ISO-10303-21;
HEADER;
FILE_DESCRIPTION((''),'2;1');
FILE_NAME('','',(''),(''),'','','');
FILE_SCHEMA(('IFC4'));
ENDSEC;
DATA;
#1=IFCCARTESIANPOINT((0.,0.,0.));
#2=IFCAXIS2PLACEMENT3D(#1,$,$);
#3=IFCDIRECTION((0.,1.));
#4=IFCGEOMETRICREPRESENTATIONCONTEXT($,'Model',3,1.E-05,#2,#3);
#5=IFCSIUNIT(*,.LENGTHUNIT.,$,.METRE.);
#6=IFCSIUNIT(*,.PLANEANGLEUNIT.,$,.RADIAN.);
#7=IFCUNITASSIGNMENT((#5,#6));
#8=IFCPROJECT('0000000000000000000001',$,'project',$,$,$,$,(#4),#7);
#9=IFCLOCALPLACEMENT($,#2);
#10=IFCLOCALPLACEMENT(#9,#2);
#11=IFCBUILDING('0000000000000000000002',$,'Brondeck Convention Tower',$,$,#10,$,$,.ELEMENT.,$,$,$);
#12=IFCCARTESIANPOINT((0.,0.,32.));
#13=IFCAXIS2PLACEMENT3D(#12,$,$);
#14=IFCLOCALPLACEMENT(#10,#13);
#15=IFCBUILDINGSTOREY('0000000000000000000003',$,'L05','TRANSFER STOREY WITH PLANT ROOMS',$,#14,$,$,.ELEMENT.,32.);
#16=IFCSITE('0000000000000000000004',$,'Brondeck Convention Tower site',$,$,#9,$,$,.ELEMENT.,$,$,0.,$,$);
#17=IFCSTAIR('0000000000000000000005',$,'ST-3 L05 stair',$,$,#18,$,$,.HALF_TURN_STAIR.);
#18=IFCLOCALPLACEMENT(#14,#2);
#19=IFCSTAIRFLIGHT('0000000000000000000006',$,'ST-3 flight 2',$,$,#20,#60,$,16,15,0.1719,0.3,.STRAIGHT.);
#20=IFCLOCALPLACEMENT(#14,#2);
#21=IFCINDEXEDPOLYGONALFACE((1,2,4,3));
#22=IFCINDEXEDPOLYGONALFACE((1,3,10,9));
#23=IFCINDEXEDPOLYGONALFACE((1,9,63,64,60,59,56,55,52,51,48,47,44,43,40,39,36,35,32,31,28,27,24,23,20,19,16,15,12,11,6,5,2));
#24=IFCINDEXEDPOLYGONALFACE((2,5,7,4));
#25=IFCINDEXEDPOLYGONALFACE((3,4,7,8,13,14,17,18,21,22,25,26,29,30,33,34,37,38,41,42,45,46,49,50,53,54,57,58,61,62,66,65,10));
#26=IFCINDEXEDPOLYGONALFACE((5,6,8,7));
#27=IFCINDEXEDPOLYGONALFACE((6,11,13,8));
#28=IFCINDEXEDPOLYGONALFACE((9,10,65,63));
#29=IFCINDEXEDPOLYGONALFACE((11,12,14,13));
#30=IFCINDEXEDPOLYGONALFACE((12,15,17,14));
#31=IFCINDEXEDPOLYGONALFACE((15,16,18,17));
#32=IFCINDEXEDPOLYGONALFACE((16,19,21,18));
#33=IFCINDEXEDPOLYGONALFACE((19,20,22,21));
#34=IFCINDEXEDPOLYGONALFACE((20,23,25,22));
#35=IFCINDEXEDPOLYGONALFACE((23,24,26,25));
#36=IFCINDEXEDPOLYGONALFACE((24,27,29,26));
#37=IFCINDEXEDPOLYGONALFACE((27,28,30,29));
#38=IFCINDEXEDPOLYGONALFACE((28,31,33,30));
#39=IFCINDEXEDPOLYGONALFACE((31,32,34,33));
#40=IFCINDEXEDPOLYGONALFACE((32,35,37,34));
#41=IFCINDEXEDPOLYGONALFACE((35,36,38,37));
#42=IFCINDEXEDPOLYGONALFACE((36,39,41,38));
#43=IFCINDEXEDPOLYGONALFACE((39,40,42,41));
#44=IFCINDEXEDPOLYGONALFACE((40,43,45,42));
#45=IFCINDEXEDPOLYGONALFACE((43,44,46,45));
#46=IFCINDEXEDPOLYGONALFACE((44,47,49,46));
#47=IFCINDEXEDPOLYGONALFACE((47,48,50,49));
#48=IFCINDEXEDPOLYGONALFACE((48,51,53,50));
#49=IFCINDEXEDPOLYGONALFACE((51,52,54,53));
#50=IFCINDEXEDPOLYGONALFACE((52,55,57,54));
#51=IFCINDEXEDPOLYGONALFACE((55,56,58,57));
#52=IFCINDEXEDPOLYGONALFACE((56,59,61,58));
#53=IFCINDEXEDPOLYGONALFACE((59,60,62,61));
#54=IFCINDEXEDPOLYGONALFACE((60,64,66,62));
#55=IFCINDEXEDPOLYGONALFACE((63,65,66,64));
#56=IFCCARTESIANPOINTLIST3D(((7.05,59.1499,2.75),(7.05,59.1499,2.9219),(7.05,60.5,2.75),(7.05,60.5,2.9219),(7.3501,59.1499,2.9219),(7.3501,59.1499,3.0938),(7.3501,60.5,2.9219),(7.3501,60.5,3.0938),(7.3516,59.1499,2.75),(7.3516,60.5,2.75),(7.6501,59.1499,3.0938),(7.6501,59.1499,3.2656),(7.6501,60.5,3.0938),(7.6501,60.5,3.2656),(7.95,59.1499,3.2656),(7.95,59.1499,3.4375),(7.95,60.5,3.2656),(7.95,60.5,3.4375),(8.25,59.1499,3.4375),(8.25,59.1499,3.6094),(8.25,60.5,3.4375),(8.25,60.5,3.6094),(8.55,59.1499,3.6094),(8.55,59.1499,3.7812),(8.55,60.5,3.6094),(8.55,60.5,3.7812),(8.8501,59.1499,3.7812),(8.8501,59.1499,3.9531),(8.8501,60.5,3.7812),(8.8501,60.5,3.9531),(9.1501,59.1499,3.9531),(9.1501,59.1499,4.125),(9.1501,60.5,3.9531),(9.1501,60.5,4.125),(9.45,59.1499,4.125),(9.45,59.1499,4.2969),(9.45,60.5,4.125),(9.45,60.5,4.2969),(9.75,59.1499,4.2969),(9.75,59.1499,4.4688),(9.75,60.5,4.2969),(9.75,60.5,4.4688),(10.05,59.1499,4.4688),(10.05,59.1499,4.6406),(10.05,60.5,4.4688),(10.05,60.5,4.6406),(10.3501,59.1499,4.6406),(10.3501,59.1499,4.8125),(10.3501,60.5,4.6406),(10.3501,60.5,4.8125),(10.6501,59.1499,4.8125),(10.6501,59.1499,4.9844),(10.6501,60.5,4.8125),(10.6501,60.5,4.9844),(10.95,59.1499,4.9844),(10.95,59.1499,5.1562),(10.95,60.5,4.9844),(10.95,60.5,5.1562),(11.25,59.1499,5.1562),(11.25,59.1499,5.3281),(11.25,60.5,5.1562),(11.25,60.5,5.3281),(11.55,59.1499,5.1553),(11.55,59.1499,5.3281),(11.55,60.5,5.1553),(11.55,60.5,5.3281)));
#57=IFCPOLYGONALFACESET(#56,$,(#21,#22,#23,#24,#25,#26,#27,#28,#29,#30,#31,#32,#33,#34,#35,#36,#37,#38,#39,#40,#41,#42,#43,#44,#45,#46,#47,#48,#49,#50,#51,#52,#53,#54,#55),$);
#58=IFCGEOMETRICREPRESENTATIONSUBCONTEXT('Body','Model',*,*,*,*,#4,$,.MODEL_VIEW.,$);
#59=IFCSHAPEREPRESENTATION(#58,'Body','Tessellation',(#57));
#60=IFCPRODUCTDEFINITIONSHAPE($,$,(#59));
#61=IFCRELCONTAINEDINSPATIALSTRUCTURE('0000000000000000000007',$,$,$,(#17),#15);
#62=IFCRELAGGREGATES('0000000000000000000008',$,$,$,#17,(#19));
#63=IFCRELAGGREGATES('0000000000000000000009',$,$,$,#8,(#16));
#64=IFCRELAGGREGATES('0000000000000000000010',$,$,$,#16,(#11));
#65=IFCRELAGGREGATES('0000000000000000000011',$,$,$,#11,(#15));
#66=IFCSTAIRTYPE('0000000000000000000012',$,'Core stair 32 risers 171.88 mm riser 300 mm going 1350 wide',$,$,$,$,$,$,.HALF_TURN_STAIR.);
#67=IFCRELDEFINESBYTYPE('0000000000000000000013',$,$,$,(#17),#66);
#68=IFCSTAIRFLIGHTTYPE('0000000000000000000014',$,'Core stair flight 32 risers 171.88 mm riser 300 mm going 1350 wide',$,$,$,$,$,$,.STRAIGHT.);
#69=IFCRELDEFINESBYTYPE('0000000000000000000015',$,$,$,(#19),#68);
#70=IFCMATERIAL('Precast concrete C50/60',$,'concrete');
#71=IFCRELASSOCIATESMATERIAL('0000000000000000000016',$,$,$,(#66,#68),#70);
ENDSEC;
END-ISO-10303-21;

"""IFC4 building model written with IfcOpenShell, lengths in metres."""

from ifc_helpers import new_model, si_unit, direction, frame, origin, place, context, subcontext, project, spatial, polyline, outline, extrude, material, type_object, element, aggregate, save


model = new_model("IFC4")

# Units and contexts
model_context = context("Model", 3, precision=1e-05, world=origin(), true_north=direction((0.0, 1.0)))
body_context = subcontext(model_context, "Body", "Model", "MODEL_VIEW")
ifc_project = project(units=[si_unit("LENGTHUNIT", "METRE"), si_unit("PLANEANGLEUNIT", "RADIAN")], contexts=[model_context])

# Site, building, storey
site_placement = place(None, origin())
site = spatial("IfcSite", under=ifc_project, at=site_placement, Name="Brondeck Convention Tower site", CompositionType="ELEMENT", RefElevation=0.0)
building_placement = place(site_placement, origin())
building = spatial("IfcBuilding", under=site, at=building_placement, Name="Brondeck Convention Tower", CompositionType="ELEMENT")
storey_placement = place(building_placement, frame((0.0, 0.0, 32.0)))
storey = spatial("IfcBuildingStorey", under=building, at=storey_placement, Name="L05", Description="TRANSFER STOREY WITH PLANT ROOMS", CompositionType="ELEMENT", Elevation=32.0)

# Stair, stair flight
ifc_material_1 = material(Name="Precast concrete C50/60", Category="concrete")
stair_type = type_object("IfcStairType", Name="Core stair 32 risers 171.88 mm riser 300 mm going 1350 wide", PredefinedType="HALF_TURN_STAIR", material=ifc_material_1)
stair_placement = place(storey_placement, origin())
stair = element("IfcStair", 1, at=stair_placement, inside=storey, type_object=stair_type, Name="ST-3 L05 stair", PredefinedType="HALF_TURN_STAIR")
stair_flight_type = type_object("IfcStairFlightType", Name="Core stair flight 32 risers 171.88 mm riser 300 mm going 1350 wide", PredefinedType="STRAIGHT", material=ifc_material_1)
stair_flight_placement = place(storey_placement, frame((7.05, 59.825, 2.75), z_axis=(0.0, 0.0, 1.0), x_axis=(1.0, 0.0, 0.0)))
stair_flight = element("IfcStairFlight", 2, at=stair_flight_placement, type_object=stair_flight_type, Name="ST-3 flight 2", NumberOfRisers=16, NumberOfTreads=15, PredefinedType="STRAIGHT", RiserHeight=0.1719, TreadLength=0.3, context=body_context, shape_type="SweptSolid", body=[
    extrude(outline(polyline([(0.0, 0.0), (0.0, 0.1719), (0.3, 0.1719), (0.3, 0.3438), (0.6001, 0.3438), (0.6001, 0.5156), (0.8999, 0.5156), (0.8999, 0.6875), (1.2, 0.6875), (1.2, 0.8594), (1.5, 0.8594), (1.5, 1.0312), (1.8, 1.0312), (1.8, 1.2031), (2.1001, 1.2031), (2.1001, 1.375), (2.3999, 1.375), (2.3999, 1.5469), (2.7, 1.5469), (2.7, 1.7188), (3.0, 1.7188), (3.0, 1.8906), (3.3, 1.8906), (3.3, 2.0625), (3.6001, 2.0625), (3.6001, 2.2344), (3.8999, 2.2344), (3.8999, 2.4062), (4.2, 2.4062), (4.2, 2.5781), (4.5, 2.5781), (4.5, 2.75), (4.5, 2.4053), (0.3015, 0.0), (0.0, 0.0)])), frame((0.0, 0.675, 0.0), z_axis=(0.0, -1.0, 0.0), x_axis=(1.0, 0.0, 0.0)), (0.0, 0.0, 1.0), 1.3501),
])
aggregate(stair, [stair_flight])

save(model, "model.ifc")
